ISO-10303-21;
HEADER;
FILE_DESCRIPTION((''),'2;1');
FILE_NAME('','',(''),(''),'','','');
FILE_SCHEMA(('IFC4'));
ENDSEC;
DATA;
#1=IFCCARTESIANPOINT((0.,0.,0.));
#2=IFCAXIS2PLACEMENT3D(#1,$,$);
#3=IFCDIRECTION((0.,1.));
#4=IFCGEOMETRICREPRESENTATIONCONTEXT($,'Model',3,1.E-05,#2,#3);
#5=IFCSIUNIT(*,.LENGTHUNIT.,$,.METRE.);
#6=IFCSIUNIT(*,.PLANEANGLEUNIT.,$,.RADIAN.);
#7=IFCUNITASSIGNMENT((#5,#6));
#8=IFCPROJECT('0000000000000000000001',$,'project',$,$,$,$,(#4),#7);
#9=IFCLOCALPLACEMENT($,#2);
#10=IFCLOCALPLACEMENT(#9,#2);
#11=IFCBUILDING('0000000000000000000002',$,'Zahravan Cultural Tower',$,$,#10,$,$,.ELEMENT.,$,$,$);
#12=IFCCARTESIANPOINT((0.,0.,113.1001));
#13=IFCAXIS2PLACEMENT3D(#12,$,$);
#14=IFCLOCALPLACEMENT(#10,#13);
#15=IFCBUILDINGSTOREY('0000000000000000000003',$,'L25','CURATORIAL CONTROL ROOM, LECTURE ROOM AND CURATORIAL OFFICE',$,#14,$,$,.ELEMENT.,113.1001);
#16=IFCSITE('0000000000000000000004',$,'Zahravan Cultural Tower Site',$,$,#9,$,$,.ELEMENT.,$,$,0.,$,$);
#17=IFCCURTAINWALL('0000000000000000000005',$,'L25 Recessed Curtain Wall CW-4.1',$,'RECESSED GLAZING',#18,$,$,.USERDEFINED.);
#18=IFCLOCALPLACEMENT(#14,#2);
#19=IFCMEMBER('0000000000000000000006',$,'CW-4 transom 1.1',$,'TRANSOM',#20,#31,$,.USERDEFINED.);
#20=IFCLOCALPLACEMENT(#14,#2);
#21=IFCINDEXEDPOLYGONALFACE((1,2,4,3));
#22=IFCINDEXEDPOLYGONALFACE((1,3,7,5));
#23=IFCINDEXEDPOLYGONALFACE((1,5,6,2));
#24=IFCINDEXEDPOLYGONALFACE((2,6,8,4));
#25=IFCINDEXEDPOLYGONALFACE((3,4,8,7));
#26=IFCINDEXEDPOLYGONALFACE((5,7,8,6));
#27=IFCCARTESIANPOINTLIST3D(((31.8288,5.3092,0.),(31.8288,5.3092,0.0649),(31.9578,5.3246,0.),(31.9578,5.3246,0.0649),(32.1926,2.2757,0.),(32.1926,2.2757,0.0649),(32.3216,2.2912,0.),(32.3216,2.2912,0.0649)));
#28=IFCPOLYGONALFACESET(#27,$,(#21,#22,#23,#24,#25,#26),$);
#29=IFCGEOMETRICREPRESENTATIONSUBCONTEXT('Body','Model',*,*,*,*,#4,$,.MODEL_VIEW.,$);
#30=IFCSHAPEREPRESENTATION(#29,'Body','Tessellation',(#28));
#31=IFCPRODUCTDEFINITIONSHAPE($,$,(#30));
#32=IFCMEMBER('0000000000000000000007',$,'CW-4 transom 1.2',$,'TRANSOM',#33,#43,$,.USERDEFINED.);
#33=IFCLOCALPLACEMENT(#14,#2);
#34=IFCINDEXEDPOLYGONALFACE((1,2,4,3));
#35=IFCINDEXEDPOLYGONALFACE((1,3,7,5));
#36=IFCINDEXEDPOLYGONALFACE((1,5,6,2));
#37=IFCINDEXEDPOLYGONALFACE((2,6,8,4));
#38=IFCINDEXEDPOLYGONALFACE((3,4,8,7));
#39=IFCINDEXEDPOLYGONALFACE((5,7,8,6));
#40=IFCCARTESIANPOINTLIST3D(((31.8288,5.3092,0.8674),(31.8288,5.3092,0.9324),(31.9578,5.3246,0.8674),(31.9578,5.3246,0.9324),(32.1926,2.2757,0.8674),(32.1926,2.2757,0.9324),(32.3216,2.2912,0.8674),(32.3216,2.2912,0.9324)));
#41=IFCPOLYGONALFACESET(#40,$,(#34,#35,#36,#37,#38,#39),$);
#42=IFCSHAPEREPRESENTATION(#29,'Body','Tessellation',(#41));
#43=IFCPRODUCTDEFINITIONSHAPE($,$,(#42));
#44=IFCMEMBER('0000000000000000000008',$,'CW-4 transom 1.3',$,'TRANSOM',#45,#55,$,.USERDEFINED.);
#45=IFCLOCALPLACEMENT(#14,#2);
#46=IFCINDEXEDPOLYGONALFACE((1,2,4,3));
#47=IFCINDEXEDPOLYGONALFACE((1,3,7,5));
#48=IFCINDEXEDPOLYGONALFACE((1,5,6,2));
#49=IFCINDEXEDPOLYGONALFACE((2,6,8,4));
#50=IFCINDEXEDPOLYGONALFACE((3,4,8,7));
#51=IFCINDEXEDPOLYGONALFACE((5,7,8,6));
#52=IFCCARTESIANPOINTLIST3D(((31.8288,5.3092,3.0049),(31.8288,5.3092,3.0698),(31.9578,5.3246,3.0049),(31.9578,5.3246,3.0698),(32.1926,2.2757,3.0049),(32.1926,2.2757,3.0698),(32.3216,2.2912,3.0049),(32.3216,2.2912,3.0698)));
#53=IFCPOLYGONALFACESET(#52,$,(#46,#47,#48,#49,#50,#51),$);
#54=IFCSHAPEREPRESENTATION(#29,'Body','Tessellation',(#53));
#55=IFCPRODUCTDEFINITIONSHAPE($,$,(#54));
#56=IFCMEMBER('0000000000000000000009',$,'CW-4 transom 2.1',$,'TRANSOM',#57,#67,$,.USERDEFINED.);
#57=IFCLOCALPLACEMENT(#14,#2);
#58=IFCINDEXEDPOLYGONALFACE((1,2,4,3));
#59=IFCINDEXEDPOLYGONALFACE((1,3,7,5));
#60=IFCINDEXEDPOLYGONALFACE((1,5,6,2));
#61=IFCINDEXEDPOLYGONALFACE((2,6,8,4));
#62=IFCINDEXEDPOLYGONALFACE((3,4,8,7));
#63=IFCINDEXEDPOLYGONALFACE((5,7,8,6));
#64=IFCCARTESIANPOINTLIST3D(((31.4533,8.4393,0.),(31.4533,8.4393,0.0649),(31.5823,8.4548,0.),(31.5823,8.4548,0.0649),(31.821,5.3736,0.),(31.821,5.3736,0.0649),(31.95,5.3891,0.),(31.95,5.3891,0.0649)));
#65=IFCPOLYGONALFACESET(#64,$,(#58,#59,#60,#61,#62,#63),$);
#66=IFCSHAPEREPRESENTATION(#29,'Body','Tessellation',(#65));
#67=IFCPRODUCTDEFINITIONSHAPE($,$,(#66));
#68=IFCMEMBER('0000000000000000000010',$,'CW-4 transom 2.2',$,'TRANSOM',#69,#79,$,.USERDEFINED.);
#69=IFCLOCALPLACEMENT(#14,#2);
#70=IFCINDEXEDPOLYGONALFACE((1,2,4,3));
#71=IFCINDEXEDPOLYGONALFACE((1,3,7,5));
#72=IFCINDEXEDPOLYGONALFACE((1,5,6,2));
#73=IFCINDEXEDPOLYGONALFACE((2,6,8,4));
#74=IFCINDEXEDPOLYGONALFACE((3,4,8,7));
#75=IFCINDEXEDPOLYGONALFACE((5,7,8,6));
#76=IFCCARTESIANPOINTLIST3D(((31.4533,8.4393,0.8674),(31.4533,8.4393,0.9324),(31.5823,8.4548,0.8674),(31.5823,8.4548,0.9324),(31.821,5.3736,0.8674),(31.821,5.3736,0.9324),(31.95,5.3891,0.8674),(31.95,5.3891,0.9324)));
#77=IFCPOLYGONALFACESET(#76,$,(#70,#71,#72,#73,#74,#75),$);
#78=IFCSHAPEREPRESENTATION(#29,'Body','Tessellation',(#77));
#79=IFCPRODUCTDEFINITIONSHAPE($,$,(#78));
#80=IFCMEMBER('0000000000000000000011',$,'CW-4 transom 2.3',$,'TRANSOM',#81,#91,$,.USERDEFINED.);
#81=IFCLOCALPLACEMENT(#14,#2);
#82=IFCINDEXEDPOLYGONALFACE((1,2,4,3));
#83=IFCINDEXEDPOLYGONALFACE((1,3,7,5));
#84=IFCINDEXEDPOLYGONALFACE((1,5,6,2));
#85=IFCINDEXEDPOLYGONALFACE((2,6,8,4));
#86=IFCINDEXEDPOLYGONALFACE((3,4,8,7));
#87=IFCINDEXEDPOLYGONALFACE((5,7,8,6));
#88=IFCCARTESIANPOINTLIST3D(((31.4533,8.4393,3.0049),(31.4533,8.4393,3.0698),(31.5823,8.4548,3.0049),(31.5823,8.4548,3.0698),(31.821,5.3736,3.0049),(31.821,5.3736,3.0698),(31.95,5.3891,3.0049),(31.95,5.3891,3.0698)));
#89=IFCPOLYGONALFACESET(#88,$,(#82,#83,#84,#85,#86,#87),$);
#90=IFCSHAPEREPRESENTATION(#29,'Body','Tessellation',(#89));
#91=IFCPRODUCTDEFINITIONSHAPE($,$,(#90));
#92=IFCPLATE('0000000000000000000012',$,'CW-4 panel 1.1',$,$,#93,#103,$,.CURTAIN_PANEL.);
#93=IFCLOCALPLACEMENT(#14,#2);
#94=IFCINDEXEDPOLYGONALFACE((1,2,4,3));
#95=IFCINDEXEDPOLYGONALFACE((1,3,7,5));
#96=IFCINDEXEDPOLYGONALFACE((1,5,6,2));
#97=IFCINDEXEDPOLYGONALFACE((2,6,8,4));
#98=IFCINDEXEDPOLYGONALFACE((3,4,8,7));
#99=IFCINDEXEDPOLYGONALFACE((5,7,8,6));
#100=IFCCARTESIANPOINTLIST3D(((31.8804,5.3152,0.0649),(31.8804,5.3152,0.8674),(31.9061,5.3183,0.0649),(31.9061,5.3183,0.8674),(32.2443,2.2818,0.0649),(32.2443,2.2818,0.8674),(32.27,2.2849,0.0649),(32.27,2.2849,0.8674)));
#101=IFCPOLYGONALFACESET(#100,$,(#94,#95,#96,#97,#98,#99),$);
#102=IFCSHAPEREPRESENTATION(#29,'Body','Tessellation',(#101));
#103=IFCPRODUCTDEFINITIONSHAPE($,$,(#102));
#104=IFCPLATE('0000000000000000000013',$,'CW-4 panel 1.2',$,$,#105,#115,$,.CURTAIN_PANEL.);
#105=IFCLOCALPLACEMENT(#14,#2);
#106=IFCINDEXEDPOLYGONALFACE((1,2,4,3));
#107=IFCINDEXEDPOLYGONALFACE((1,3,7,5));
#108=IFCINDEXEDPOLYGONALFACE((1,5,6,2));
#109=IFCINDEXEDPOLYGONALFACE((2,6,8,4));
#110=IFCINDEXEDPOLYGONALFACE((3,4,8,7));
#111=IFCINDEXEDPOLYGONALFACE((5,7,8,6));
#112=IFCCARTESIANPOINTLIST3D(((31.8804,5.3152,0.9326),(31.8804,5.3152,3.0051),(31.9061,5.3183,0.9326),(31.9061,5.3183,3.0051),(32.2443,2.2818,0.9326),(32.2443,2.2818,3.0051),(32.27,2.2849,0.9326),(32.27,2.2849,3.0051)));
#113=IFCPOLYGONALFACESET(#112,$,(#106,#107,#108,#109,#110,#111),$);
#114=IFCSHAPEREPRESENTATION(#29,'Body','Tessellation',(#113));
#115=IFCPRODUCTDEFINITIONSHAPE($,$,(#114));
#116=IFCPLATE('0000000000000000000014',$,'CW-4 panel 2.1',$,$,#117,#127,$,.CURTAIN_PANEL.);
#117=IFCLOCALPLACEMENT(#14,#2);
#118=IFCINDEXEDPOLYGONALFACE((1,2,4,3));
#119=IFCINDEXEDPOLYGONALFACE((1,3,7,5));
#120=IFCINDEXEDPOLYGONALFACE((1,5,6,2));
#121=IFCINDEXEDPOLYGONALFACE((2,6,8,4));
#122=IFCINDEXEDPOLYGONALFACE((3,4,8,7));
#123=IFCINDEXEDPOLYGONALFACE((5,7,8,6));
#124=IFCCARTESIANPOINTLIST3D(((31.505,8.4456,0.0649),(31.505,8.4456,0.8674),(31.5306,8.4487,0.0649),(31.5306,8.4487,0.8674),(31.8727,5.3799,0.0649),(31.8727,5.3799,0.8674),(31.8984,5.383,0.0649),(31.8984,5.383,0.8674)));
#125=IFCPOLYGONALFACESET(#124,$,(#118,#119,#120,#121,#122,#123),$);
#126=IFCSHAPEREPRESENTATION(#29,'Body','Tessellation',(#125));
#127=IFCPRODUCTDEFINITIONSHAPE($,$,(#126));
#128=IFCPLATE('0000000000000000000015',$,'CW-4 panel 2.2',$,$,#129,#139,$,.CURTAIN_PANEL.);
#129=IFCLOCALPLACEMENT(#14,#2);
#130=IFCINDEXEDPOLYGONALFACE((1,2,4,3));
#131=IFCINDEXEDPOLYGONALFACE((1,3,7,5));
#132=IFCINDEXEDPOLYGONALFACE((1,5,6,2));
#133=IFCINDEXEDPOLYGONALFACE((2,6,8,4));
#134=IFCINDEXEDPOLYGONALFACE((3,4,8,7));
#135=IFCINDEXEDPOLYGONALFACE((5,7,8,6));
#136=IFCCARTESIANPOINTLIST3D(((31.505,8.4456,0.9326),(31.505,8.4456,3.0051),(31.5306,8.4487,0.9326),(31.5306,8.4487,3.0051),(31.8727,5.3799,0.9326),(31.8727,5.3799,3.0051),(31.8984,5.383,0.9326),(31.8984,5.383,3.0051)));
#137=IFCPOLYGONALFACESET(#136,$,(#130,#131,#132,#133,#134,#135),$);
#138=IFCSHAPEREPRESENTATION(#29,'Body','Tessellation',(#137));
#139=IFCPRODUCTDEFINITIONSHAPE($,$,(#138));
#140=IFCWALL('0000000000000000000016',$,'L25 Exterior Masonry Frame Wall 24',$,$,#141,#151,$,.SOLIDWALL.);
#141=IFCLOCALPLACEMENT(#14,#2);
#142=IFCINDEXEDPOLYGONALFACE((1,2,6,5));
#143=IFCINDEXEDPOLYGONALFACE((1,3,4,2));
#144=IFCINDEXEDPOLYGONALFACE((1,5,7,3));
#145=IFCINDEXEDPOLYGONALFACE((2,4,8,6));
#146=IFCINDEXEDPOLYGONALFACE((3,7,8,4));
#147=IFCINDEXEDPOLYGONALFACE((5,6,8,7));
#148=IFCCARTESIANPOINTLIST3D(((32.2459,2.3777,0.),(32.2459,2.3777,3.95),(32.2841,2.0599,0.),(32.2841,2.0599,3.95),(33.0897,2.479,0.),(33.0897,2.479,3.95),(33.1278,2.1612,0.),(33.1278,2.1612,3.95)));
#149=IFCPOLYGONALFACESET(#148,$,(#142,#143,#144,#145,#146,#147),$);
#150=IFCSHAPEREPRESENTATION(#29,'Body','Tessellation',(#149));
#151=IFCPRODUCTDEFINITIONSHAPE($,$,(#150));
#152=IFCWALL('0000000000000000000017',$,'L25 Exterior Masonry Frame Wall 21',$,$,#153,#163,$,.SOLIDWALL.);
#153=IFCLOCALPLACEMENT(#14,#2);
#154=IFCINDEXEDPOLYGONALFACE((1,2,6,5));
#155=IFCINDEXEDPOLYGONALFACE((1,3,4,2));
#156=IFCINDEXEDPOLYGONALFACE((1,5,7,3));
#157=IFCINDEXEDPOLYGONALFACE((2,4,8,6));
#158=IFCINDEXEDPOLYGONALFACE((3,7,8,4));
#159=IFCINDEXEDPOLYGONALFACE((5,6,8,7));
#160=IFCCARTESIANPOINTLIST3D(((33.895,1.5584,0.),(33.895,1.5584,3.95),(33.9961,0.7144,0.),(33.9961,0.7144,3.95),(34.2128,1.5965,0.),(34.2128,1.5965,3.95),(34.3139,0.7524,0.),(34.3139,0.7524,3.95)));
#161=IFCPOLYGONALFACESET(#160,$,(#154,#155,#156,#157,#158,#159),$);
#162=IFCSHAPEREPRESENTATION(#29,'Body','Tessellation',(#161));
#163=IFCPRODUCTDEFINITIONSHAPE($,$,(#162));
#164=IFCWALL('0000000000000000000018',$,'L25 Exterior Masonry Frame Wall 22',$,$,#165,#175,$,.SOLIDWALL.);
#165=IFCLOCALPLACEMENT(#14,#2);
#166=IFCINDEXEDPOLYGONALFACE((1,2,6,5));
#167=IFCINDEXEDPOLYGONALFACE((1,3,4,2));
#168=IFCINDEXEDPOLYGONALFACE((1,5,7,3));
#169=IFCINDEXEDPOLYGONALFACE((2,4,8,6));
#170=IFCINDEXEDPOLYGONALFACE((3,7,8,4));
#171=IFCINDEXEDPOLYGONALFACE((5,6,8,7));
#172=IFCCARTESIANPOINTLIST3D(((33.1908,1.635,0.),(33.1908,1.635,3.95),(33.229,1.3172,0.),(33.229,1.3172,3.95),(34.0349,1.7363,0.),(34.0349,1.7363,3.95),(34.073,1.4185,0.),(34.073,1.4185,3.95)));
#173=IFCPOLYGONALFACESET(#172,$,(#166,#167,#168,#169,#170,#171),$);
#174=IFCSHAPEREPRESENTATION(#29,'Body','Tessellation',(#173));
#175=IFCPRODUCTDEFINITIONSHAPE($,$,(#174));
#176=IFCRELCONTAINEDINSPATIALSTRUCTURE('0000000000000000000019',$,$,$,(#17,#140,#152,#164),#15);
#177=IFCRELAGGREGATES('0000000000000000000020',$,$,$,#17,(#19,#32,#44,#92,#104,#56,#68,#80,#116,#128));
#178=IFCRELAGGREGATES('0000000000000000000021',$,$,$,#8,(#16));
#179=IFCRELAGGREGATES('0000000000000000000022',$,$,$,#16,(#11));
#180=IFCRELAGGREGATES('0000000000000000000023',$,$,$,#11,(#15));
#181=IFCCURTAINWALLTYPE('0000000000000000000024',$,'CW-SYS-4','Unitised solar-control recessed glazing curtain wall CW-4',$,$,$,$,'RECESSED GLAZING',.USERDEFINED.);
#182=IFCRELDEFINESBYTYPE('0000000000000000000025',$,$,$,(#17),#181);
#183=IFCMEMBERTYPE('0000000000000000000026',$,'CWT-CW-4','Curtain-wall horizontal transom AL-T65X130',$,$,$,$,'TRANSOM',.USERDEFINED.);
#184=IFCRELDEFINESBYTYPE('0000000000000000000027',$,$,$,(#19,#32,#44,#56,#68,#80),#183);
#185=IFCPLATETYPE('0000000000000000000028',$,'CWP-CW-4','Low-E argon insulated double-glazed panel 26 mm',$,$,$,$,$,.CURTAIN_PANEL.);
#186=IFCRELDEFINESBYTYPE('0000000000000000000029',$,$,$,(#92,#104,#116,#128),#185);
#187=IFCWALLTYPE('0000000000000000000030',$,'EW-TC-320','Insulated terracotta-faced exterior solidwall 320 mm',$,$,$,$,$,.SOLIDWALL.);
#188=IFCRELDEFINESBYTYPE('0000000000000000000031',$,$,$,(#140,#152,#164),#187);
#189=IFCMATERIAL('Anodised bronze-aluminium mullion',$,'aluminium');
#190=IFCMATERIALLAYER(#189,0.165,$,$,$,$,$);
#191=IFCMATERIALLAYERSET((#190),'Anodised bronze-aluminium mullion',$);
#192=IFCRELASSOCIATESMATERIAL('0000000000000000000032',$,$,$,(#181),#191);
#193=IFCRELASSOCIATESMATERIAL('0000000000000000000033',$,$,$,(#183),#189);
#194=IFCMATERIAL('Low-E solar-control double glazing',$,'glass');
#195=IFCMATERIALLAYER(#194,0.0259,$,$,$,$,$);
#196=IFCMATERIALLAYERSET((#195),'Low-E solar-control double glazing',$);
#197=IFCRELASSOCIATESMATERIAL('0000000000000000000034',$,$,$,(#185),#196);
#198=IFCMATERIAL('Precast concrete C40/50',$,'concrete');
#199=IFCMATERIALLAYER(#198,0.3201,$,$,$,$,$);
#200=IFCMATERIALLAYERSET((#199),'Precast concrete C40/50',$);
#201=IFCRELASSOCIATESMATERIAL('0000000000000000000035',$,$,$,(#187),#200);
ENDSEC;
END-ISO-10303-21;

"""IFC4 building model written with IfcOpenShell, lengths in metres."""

from ifc_helpers import new_model, si_unit, direction, frame, frame_2d, origin, origin_2d, place, context, subcontext, project, spatial, rectangle, extrude, source, transform, mapped, material, layer, layer_set, material_profile, profile_set, type_object, element, aggregate, save


model = new_model("IFC4")

# Units and contexts
model_context = context("Model", 3, precision=1e-05, world=origin(), true_north=direction((0.0, 1.0)))
body_context = subcontext(model_context, "Body", "Model", "MODEL_VIEW")
ifc_project = project(units=[si_unit("LENGTHUNIT", "METRE"), si_unit("PLANEANGLEUNIT", "RADIAN")], contexts=[model_context])

# Site, building, storey
site_placement = place(None, origin())
site = spatial("IfcSite", under=ifc_project, at=site_placement, Name="Zahravan Cultural Tower Site", CompositionType="ELEMENT", RefElevation=0.0)
building_placement = place(site_placement, origin())
building = spatial("IfcBuilding", under=site, at=building_placement, Name="Zahravan Cultural Tower", CompositionType="ELEMENT")
storey_placement = place(building_placement, frame((0.0, 0.0, 113.1001)))
storey = spatial("IfcBuildingStorey", under=building, at=storey_placement, Name="L25", Description="CURATORIAL CONTROL ROOM, LECTURE ROOM AND CURATORIAL OFFICE", CompositionType="ELEMENT", Elevation=113.1001)

# Curtain wall, members, plates
ifc_material_1 = material(Name="Anodised bronze-aluminium mullion", Category="aluminium")
ifc_layer_1 = layer(ifc_material_1, 0.165)
ifc_layer_set_1 = layer_set([ifc_layer_1], Name="Anodised bronze-aluminium mullion")
curtain_wall_type = type_object("IfcCurtainWallType", Name="CW-SYS-4", Description="Unitised solar-control recessed glazing curtain wall CW-4", ElementType="RECESSED GLAZING", PredefinedType="USERDEFINED", material=ifc_layer_set_1)
curtain_wall_placement = place(storey_placement, origin())
curtain_wall = element("IfcCurtainWall", 1, at=curtain_wall_placement, inside=storey, type_object=curtain_wall_type, Name="L25 Recessed Curtain Wall CW-4.1", ObjectType="RECESSED GLAZING", PredefinedType="USERDEFINED")
ifc_material_profile_1 = material_profile(ifc_material_1, rectangle(XDim=0.1299, YDim=0.0649, at=origin_2d()), Name="AL-T65X130")
ifc_profile_set_1 = profile_set([ifc_material_profile_1], Name="Anodised bronze-aluminium mullion")
member_type_1 = type_object("IfcMemberType", Name="CWT-CW-4", Description="Curtain-wall horizontal transom AL-T65X130", ElementType="TRANSOM", PredefinedType="USERDEFINED", material=ifc_profile_set_1)
shared_shape_1 = source(origin(), body_context, "Body", "SweptSolid", [
    extrude(rectangle(XDim=0.1299, YDim=0.0649, at=origin_2d()), origin(), (0.0, 0.0, 1.0), 3.0552),
])
member_1_placement = place(storey_placement, frame((32.2571, 2.2834, 0.0325), z_axis=(-0.119066, 0.992886, 0.0), x_axis=(-0.992886, -0.119066, 0.0)))
member_1 = element("IfcMember", 2, at=member_1_placement, type_object=member_type_1, Name="CW-4 transom 1.1", ObjectType="TRANSOM", PredefinedType="USERDEFINED", context=body_context, shape_type="MappedRepresentation", body=[
    mapped(shared_shape_1, transform((0.0, 0.0, 0.0), x_axis=(1.0, 0.0, 0.0), y_axis=(0.0, 1.0, 0.0), z_axis=(0.0, 0.0, 1.0), scale=1.0)),
])
member_2_placement = place(storey_placement, frame((32.2571, 2.2834, 0.8999), z_axis=(-0.119066, 0.992886, 0.0), x_axis=(-0.992886, -0.119066, 0.0)))
member_2 = element("IfcMember", 3, at=member_2_placement, type_object=member_type_1, Name="CW-4 transom 1.2", ObjectType="TRANSOM", PredefinedType="USERDEFINED", context=body_context, shape_type="MappedRepresentation", body=[
    mapped(shared_shape_1, transform((0.0, 0.0, 0.0), x_axis=(1.0, 0.0, 0.0), y_axis=(0.0, 1.0, 0.0), z_axis=(0.0, 0.0, 1.0), scale=1.0)),
])
member_3_placement = place(storey_placement, frame((32.2571, 2.2834, 3.0374), z_axis=(-0.119066, 0.992886, 0.0), x_axis=(-0.992886, -0.119066, 0.0)))
member_3 = element("IfcMember", 4, at=member_3_placement, type_object=member_type_1, Name="CW-4 transom 1.3", ObjectType="TRANSOM", PredefinedType="USERDEFINED", context=body_context, shape_type="MappedRepresentation", body=[
    mapped(shared_shape_1, transform((0.0, 0.0, 0.0), x_axis=(1.0, 0.0, 0.0), y_axis=(0.0, 1.0, 0.0), z_axis=(0.0, 0.0, 1.0), scale=1.0)),
])
shared_shape_2 = source(origin(), body_context, "Body", "SweptSolid", [
    extrude(rectangle(XDim=0.1299, YDim=0.0649, at=origin_2d()), origin(), (0.0, 0.0, 1.0), 3.0876),
])
member_4_placement = place(storey_placement, frame((31.8855, 5.3813, 0.0325), z_axis=(-0.11908, 0.992885, 0.0), x_axis=(-0.992885, -0.11908, 0.0)))
member_4 = element("IfcMember", 5, at=member_4_placement, type_object=member_type_1, Name="CW-4 transom 2.1", ObjectType="TRANSOM", PredefinedType="USERDEFINED", context=body_context, shape_type="MappedRepresentation", body=[
    mapped(shared_shape_2, transform((0.0, 0.0, 0.0), x_axis=(1.0, 0.0, 0.0), y_axis=(0.0, 1.0, 0.0), z_axis=(0.0, 0.0, 1.0), scale=1.0)),
])
member_5_placement = place(storey_placement, frame((31.8855, 5.3813, 0.8999), z_axis=(-0.11908, 0.992885, 0.0), x_axis=(-0.992885, -0.11908, 0.0)))
member_5 = element("IfcMember", 6, at=member_5_placement, type_object=member_type_1, Name="CW-4 transom 2.2", ObjectType="TRANSOM", PredefinedType="USERDEFINED", context=body_context, shape_type="MappedRepresentation", body=[
    mapped(shared_shape_2, transform((0.0, 0.0, 0.0), x_axis=(1.0, 0.0, 0.0), y_axis=(0.0, 1.0, 0.0), z_axis=(0.0, 0.0, 1.0), scale=1.0)),
])
member_6_placement = place(storey_placement, frame((31.8855, 5.3813, 3.0374), z_axis=(-0.11908, 0.992885, 0.0), x_axis=(-0.992885, -0.11908, 0.0)))
member_6 = element("IfcMember", 7, at=member_6_placement, type_object=member_type_1, Name="CW-4 transom 2.3", ObjectType="TRANSOM", PredefinedType="USERDEFINED", context=body_context, shape_type="MappedRepresentation", body=[
    mapped(shared_shape_2, transform((0.0, 0.0, 0.0), x_axis=(1.0, 0.0, 0.0), y_axis=(0.0, 1.0, 0.0), z_axis=(0.0, 0.0, 1.0), scale=1.0)),
])
ifc_material_2 = material(Name="Low-E solar-control double glazing", Category="glass")
ifc_layer_2 = layer(ifc_material_2, 0.0259)
ifc_layer_set_2 = layer_set([ifc_layer_2], Name="Low-E solar-control double glazing")
plate_type = type_object("IfcPlateType", Name="CWP-CW-4", Description="Low-E argon insulated double-glazed panel 26 mm", PredefinedType="CURTAIN_PANEL", material=ifc_layer_set_2)
shared_shape_3 = source(origin(), body_context, "Body", "SweptSolid", [
    extrude(rectangle(XDim=3.0552, YDim=0.0259, at=origin_2d()), origin(), (0.0, 0.0, 1.0), 0.8025),
])
plate_1_placement = place(storey_placement, frame((32.0752, 3.8, 0.0649), z_axis=(0.0, 0.0, 1.0), x_axis=(-0.119095, 0.992883, 0.0)))
plate_1 = element("IfcPlate", 8, at=plate_1_placement, type_object=plate_type, Name="CW-4 panel 1.1", PredefinedType="CURTAIN_PANEL", context=body_context, shape_type="MappedRepresentation", body=[
    mapped(shared_shape_3, transform((0.0, 0.0, 0.0), x_axis=(1.0, 0.0, 0.0), y_axis=(0.0, 1.0, 0.0), z_axis=(0.0, 0.0, 1.0), scale=1.0)),
])
shared_shape_4 = source(origin(), body_context, "Body", "SweptSolid", [
    extrude(rectangle(XDim=3.0552, YDim=0.0259, at=origin_2d()), origin(), (0.0, 0.0, 1.0), 2.0725),
])
plate_2_placement = place(storey_placement, frame((32.0752, 3.8, 0.9326), z_axis=(0.0, 0.0, 1.0), x_axis=(-0.119095, 0.992883, 0.0)))
plate_2 = element("IfcPlate", 9, at=plate_2_placement, type_object=plate_type, Name="CW-4 panel 1.2", PredefinedType="CURTAIN_PANEL", context=body_context, shape_type="MappedRepresentation", body=[
    mapped(shared_shape_4, transform((0.0, 0.0, 0.0), x_axis=(1.0, 0.0, 0.0), y_axis=(0.0, 1.0, 0.0), z_axis=(0.0, 0.0, 1.0), scale=1.0)),
])
shared_shape_5 = source(origin(), body_context, "Body", "SweptSolid", [
    extrude(rectangle(XDim=3.0876, YDim=0.0259, at=origin_2d()), origin(), (0.0, 0.0, 1.0), 0.8025),
])
plate_3_placement = place(storey_placement, frame((31.7017, 6.9143, 0.0649), z_axis=(0.0, 0.0, 1.0), x_axis=(-0.119095, 0.992883, 0.0)))
plate_3 = element("IfcPlate", 10, at=plate_3_placement, type_object=plate_type, Name="CW-4 panel 2.1", PredefinedType="CURTAIN_PANEL", context=body_context, shape_type="MappedRepresentation", body=[
    mapped(shared_shape_5, transform((0.0, 0.0, 0.0), x_axis=(1.0, 0.0, 0.0), y_axis=(0.0, 1.0, 0.0), z_axis=(0.0, 0.0, 1.0), scale=1.0)),
])
shared_shape_6 = source(origin(), body_context, "Body", "SweptSolid", [
    extrude(rectangle(XDim=3.0876, YDim=0.0259, at=origin_2d()), origin(), (0.0, 0.0, 1.0), 2.0725),
])
plate_4_placement = place(storey_placement, frame((31.7017, 6.9143, 0.9326), z_axis=(0.0, 0.0, 1.0), x_axis=(-0.119095, 0.992883, 0.0)))
plate_4 = element("IfcPlate", 11, at=plate_4_placement, type_object=plate_type, Name="CW-4 panel 2.2", PredefinedType="CURTAIN_PANEL", context=body_context, shape_type="MappedRepresentation", body=[
    mapped(shared_shape_6, transform((0.0, 0.0, 0.0), x_axis=(1.0, 0.0, 0.0), y_axis=(0.0, 1.0, 0.0), z_axis=(0.0, 0.0, 1.0), scale=1.0)),
])
aggregate(curtain_wall, [member_1, member_2, member_3, plate_1, plate_2, member_4, member_5, member_6, plate_3, plate_4])

# Walls
ifc_material_3 = material(Name="Precast concrete C40/50", Category="concrete")
ifc_layer_3 = layer(ifc_material_3, 0.3201)
ifc_layer_set_3 = layer_set([ifc_layer_3], Name="Precast concrete C40/50")
wall_type_1 = type_object("IfcWallType", Name="EW-TC-320", Description="Insulated terracotta-faced exterior solidwall 320 mm", PredefinedType="SOLIDWALL", material=ifc_layer_set_3)
shared_shape_7 = source(origin(), body_context, "Body", "SweptSolid", [
    extrude(rectangle(XDim=0.8499, YDim=0.3201, at=frame_2d((0.4248, 0.0))), origin(), (0.0, 0.0, 1.0), 3.95),
])
wall_1_placement = place(storey_placement, frame((33.1086, 2.3201, 0.0), z_axis=(0.0, 0.0, 1.0), x_axis=(-0.992867, -0.119225, 0.0)))
element("IfcWall", 12, at=wall_1_placement, inside=storey, type_object=wall_type_1, Name="L25 Exterior Masonry Frame Wall 24", PredefinedType="SOLIDWALL", context=body_context, shape_type="MappedRepresentation", body=[
    mapped(shared_shape_7, transform((0.0, 0.0, 0.0), x_axis=(1.0, 0.0, 0.0), y_axis=(0.0, 1.0, 0.0), z_axis=(0.0, 0.0, 1.0), scale=1.0)),
])
shared_shape_8 = source(origin(), body_context, "Body", "SweptSolid", [
    extrude(rectangle(XDim=0.8501, YDim=0.3201, at=frame_2d((0.425, 0.0))), origin(), (0.0, 0.0, 1.0), 3.95),
])
for number, where, z_axis, x_axis, name in (
    (13, (34.155, 0.7334, 0.0), (0.0, 0.0, 1.0), (-0.118907, 0.992905, 0.0), "L25 Exterior Masonry Frame Wall 21"),
    (14, (34.054, 1.5774, 0.0), (0.0, 0.0, 1.0), (-0.992871, -0.119191, 0.0), "L25 Exterior Masonry Frame Wall 22"),
):
    element("IfcWall", number, at=place(storey_placement, frame(where, z_axis=z_axis, x_axis=x_axis)), inside=storey, type_object=wall_type_1, Name=name, PredefinedType="SOLIDWALL", context=body_context, shape_type="MappedRepresentation", body=[
        mapped(shared_shape_8, transform((0.0, 0.0, 0.0), x_axis=(1.0, 0.0, 0.0), y_axis=(0.0, 1.0, 0.0), z_axis=(0.0, 0.0, 1.0), scale=1.0)),
    ])

save(model, "model.ifc")
